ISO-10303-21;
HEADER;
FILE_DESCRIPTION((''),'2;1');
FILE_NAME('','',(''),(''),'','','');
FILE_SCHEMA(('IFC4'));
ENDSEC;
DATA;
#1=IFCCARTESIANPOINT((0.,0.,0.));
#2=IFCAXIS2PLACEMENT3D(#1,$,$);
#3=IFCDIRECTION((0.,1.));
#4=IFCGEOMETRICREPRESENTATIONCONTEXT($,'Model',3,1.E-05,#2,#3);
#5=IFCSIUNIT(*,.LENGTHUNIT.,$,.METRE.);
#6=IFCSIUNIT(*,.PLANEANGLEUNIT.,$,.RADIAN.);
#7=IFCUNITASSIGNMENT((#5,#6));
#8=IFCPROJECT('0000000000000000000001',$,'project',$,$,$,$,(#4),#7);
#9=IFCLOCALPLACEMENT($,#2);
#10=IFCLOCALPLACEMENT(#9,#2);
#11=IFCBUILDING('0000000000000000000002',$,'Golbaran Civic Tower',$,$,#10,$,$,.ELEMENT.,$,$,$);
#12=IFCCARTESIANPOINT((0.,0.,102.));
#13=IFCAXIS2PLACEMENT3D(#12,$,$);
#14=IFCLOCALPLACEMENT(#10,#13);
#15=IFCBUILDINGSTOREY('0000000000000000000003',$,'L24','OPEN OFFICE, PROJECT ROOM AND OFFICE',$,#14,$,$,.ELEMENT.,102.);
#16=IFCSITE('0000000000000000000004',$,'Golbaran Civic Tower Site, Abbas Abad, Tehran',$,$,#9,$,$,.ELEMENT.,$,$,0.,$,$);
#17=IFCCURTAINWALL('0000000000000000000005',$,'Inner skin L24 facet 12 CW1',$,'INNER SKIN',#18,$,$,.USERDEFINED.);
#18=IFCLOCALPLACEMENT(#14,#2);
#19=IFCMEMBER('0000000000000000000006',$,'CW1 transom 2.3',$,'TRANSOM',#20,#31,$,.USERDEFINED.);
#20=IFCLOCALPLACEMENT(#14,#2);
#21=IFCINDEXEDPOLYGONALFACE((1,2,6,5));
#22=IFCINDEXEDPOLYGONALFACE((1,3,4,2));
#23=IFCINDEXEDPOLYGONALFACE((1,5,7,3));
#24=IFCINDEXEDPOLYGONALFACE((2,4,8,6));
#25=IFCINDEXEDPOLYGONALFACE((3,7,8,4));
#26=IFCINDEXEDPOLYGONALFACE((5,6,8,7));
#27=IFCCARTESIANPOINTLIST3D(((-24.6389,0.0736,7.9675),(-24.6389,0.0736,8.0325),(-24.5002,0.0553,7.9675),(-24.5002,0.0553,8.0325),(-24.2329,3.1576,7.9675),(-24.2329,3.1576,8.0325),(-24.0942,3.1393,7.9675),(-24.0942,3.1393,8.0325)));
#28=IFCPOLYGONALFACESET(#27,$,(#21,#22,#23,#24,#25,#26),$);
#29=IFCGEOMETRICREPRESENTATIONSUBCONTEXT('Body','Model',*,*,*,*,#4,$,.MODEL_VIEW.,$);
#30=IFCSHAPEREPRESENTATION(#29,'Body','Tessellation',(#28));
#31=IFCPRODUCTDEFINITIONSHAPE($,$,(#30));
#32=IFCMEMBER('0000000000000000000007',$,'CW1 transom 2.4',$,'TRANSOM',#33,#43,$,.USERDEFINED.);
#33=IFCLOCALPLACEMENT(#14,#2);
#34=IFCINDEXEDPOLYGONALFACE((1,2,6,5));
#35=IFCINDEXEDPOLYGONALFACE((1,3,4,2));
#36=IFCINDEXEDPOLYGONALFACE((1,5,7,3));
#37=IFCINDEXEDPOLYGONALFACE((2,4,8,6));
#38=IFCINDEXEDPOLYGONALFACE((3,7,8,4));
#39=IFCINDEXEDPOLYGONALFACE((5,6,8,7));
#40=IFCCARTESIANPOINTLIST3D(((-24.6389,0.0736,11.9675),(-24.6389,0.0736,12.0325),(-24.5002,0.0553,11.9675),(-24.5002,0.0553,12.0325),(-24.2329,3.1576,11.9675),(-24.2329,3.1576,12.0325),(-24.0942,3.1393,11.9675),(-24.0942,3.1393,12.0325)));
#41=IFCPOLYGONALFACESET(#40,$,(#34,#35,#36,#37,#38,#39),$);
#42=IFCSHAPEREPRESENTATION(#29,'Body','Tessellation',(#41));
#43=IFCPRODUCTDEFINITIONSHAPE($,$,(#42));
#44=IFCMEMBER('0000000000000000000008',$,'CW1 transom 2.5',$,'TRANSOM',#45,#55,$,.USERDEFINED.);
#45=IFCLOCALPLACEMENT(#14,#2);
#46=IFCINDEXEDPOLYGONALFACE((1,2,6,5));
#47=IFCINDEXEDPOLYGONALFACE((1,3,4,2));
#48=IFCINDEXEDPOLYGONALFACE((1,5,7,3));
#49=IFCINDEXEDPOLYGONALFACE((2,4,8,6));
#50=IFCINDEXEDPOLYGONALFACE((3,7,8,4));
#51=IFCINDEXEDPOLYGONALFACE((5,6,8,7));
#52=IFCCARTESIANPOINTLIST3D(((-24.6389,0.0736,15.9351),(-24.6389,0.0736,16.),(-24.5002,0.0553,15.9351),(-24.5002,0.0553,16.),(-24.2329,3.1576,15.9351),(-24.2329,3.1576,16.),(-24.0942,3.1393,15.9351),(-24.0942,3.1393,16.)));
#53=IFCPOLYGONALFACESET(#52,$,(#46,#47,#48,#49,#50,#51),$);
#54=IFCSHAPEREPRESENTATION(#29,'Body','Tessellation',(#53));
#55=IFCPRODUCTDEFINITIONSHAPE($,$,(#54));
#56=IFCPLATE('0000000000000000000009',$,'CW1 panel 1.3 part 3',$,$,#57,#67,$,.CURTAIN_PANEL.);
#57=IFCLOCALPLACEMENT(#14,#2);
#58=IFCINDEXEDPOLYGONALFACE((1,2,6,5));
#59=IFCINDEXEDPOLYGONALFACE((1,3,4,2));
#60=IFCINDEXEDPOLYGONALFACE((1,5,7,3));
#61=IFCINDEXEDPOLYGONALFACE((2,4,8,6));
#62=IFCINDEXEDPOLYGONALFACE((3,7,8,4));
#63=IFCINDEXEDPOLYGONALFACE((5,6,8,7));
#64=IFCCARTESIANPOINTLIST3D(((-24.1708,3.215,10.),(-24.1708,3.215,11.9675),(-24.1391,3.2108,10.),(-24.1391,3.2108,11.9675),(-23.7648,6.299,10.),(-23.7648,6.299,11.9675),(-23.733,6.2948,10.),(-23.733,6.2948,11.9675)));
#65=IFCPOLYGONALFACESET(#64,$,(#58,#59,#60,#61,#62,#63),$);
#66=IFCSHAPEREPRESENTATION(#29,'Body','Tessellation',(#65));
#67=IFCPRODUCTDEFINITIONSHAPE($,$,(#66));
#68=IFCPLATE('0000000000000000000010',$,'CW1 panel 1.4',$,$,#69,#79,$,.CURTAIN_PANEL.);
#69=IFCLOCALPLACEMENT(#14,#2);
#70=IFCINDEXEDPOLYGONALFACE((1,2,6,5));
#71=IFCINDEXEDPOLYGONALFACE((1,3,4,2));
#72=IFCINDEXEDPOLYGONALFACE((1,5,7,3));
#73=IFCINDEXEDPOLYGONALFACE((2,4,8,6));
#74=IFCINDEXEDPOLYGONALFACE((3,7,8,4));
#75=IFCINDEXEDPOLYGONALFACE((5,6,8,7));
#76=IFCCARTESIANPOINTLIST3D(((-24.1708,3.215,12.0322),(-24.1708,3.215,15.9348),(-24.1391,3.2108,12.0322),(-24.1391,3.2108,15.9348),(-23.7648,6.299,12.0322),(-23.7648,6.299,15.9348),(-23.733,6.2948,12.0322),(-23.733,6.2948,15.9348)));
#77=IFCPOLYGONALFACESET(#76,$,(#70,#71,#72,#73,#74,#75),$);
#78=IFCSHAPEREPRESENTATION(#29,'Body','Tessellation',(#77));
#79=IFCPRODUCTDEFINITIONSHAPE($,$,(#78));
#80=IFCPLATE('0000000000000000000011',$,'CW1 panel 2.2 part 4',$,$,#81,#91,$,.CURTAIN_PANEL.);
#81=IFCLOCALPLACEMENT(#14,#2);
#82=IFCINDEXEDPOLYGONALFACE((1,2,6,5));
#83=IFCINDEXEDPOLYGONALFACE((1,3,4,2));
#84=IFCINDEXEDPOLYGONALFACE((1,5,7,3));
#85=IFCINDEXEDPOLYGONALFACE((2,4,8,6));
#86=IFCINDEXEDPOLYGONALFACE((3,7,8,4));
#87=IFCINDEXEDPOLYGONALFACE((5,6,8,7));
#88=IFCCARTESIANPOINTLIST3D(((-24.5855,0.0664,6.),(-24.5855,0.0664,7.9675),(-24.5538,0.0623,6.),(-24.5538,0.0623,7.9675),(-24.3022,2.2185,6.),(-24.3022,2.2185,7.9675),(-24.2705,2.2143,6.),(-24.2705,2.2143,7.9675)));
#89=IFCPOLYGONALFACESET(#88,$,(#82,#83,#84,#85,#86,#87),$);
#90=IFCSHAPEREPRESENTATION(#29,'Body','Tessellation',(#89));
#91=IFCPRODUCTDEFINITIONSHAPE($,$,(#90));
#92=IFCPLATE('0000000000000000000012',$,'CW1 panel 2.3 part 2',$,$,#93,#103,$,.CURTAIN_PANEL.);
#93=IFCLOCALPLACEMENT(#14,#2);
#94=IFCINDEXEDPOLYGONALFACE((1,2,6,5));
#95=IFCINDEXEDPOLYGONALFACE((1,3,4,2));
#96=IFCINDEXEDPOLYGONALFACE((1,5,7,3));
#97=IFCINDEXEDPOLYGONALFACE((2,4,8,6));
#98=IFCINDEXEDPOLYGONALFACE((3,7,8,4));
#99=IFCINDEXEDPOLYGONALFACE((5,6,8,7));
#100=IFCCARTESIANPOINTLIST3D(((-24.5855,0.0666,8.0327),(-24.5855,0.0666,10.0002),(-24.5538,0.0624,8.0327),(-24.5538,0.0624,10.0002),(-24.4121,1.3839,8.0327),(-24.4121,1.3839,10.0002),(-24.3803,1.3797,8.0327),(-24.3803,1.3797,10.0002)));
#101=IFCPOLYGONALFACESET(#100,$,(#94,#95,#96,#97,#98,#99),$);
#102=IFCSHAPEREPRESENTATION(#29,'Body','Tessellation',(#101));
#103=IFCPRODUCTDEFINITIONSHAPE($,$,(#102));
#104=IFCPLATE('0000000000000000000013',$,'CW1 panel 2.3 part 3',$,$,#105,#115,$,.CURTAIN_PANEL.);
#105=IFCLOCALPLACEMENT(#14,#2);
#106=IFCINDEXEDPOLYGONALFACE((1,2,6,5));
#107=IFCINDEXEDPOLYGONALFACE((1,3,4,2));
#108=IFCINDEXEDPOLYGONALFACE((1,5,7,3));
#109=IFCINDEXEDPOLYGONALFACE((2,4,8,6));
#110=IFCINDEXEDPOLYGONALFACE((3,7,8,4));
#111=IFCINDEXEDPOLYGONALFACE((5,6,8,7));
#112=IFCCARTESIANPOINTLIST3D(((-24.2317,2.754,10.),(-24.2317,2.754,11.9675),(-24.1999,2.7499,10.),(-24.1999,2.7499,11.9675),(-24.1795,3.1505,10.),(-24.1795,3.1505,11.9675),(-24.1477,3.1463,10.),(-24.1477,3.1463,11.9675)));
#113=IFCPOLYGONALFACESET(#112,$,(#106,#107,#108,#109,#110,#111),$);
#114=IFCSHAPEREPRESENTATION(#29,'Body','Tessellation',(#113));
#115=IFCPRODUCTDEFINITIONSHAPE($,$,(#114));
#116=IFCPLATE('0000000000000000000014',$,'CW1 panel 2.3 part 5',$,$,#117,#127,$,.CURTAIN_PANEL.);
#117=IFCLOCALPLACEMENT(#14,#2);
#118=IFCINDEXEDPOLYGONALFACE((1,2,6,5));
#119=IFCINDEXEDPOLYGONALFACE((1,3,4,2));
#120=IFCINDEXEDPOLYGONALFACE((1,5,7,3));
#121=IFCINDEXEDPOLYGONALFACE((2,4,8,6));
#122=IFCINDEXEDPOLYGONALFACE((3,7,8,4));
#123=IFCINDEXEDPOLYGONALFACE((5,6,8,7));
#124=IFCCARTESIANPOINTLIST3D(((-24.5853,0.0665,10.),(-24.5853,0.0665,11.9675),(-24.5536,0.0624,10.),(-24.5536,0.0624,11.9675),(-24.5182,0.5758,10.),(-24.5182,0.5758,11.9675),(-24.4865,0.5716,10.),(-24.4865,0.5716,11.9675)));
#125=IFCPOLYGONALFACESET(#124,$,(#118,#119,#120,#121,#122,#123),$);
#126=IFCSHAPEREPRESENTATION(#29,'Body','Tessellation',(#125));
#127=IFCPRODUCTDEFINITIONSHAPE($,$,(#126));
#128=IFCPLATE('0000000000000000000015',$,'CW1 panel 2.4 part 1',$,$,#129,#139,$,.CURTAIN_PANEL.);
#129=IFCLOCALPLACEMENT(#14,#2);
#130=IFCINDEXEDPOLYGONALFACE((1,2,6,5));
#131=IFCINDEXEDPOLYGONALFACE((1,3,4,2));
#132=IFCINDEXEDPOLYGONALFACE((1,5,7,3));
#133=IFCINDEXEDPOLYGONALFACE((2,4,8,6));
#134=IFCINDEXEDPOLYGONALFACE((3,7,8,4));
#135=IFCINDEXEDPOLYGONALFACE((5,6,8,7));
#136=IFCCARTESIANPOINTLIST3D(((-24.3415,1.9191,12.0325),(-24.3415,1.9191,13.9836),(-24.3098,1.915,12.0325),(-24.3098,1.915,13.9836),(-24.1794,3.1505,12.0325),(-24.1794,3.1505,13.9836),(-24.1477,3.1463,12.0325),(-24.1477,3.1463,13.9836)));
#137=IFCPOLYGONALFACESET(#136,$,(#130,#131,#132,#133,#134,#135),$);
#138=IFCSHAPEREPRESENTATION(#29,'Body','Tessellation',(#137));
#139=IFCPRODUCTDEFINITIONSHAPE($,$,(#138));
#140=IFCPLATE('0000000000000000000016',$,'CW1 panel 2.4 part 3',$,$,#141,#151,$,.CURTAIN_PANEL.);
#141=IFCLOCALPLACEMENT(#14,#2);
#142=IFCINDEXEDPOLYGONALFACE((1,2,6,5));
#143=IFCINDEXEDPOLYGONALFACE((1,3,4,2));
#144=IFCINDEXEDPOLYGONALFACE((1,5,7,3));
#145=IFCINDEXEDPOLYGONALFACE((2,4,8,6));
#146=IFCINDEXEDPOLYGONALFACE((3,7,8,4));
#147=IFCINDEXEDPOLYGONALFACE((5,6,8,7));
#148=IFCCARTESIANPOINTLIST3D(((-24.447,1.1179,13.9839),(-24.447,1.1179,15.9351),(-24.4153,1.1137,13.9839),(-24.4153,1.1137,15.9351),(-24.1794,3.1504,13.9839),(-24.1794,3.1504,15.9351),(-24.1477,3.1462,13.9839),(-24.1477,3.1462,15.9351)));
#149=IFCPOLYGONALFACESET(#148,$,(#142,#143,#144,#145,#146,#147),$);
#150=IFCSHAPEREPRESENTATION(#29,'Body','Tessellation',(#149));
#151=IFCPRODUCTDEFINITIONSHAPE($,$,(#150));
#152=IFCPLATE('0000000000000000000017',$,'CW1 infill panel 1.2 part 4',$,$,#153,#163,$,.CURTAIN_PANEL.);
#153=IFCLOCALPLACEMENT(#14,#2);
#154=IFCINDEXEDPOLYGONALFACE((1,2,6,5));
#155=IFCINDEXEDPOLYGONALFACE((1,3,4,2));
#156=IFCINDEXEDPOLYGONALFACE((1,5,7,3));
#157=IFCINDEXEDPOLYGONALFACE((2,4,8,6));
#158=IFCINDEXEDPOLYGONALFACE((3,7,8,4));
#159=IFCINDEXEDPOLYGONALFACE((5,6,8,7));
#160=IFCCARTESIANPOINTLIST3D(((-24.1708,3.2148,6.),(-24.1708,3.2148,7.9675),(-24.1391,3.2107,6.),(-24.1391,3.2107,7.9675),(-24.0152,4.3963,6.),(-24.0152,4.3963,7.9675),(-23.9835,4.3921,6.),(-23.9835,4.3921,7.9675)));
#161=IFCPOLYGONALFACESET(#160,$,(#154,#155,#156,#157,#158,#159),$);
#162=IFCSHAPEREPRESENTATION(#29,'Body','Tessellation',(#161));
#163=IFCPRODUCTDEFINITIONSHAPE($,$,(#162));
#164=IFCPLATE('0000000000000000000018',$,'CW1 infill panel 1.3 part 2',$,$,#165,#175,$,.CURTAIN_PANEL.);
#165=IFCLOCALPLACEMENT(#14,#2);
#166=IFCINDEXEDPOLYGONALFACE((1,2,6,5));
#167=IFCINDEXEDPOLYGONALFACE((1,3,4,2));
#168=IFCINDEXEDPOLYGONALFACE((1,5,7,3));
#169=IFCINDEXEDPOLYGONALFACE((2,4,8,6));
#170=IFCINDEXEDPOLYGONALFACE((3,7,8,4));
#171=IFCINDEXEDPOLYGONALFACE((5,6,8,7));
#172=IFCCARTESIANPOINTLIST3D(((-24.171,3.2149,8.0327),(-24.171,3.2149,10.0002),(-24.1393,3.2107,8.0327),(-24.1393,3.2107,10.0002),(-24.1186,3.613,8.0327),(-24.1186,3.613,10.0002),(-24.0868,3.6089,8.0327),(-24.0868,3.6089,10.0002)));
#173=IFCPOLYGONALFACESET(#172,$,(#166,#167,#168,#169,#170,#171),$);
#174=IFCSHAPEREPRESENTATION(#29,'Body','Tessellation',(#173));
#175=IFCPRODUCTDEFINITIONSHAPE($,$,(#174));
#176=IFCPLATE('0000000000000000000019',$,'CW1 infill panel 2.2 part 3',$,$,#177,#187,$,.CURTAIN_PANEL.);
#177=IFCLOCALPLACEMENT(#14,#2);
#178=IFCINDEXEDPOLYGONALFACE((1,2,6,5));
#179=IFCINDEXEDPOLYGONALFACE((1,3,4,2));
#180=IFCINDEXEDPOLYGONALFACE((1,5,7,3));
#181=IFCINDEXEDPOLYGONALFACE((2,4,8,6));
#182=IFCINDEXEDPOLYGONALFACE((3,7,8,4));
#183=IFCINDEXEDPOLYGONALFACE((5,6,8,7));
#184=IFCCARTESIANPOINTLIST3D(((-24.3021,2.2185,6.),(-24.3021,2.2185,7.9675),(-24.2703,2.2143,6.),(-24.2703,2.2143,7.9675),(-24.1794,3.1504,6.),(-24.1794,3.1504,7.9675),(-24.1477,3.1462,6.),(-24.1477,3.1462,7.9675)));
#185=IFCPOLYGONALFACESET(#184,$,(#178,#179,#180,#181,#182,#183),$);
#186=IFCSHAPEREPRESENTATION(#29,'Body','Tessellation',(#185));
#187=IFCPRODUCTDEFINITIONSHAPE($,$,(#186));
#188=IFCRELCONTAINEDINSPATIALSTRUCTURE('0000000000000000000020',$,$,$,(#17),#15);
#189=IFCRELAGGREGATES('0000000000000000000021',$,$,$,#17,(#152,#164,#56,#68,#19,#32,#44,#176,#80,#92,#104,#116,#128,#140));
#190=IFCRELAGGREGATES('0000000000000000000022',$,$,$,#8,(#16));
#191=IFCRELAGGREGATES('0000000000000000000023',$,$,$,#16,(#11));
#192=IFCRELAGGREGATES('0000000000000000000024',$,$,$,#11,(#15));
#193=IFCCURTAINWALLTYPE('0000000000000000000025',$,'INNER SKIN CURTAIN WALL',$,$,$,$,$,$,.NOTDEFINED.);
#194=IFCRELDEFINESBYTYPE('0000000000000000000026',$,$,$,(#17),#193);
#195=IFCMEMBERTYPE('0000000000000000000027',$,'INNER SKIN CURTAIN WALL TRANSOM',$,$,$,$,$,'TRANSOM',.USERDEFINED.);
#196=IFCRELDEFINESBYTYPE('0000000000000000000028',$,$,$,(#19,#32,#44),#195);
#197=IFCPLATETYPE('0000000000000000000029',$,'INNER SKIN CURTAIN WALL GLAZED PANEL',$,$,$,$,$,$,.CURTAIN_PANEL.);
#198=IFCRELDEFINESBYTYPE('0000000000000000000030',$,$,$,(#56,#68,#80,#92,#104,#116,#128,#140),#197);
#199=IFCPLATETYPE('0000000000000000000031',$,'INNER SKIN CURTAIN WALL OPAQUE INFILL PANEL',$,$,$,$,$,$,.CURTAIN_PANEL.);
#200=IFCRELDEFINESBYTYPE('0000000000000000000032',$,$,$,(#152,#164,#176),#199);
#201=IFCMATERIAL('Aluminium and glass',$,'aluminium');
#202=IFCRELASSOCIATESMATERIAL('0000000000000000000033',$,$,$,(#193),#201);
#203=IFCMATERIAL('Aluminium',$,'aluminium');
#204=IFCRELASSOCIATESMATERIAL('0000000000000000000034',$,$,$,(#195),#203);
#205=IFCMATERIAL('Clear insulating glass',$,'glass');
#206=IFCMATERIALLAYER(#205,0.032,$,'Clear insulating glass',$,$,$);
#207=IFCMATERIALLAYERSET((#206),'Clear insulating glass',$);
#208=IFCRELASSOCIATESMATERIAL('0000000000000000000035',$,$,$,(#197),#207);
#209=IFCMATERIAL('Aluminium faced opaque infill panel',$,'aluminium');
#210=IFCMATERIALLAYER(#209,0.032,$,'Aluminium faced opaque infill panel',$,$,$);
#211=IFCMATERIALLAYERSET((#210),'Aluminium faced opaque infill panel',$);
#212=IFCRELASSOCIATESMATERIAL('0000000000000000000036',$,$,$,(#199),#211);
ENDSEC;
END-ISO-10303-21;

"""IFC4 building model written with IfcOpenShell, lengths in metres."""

from ifc_helpers import new_model, si_unit, direction, frame, origin, origin_2d, place, context, subcontext, project, spatial, rectangle, extrude, material, layer, layer_set, material_profile, profile_set, type_object, element, aggregate, save


model = new_model("IFC4")

# Units and contexts
model_context = context("Model", 3, precision=1e-05, world=origin(), true_north=direction((0.0, 1.0)))
body_context = subcontext(model_context, "Body", "Model", "MODEL_VIEW")
ifc_project = project(units=[si_unit("LENGTHUNIT", "METRE"), si_unit("PLANEANGLEUNIT", "RADIAN")], contexts=[model_context])

# Site, building, storey
site_placement = place(None, origin())
site = spatial("IfcSite", under=ifc_project, at=site_placement, Name="Golbaran Civic Tower Site, Abbas Abad, Tehran", CompositionType="ELEMENT", RefElevation=0.0)
building_placement = place(site_placement, origin())
building = spatial("IfcBuilding", under=site, at=building_placement, Name="Golbaran Civic Tower", CompositionType="ELEMENT")
storey_placement = place(building_placement, frame((0.0, 0.0, 102.0)))
storey = spatial("IfcBuildingStorey", under=building, at=storey_placement, Name="L24", Description="OPEN OFFICE, PROJECT ROOM AND OFFICE", CompositionType="ELEMENT", Elevation=102.0)

# Curtain wall, members, plates
ifc_material_1 = material(Name="Aluminium and glass", Category="aluminium")
curtain_wall_type_1 = type_object("IfcCurtainWallType", Name="INNER SKIN CURTAIN WALL", PredefinedType="NOTDEFINED", material=ifc_material_1)
curtain_wall_1_placement = place(storey_placement, origin())
curtain_wall_1 = element("IfcCurtainWall", 1, at=curtain_wall_1_placement, inside=storey, type_object=curtain_wall_type_1, Name="Inner skin L24 facet 12 CW1", ObjectType="INNER SKIN", PredefinedType="USERDEFINED")
ifc_material_2 = material(Name="Aluminium", Category="aluminium")
ifc_material_profile = material_profile(ifc_material_2, rectangle(XDim=0.1399, YDim=0.0649, at=origin_2d()), Name="INNER SKIN CURTAIN WALL TRANSOM")
ifc_profile_set = profile_set([ifc_material_profile], Name="Aluminium")
member_type = type_object("IfcMemberType", Name="INNER SKIN CURTAIN WALL TRANSOM", ElementType="TRANSOM", PredefinedType="USERDEFINED", material=ifc_profile_set)
member_1_placement = place(storey_placement, frame((-24.1636, 3.1484, 8.0), z_axis=(-0.130524, -0.991445, 0.0), x_axis=(0.991445, -0.130524, 0.0)))
member_1 = element("IfcMember", 2, at=member_1_placement, type_object=member_type, Name="CW1 transom 2.3", ObjectType="TRANSOM", PredefinedType="USERDEFINED", context=body_context, shape_type="SweptSolid", body=[
    extrude(rectangle(XDim=0.1399, YDim=0.0649, at=origin_2d()), origin(), (0.0, 0.0, 1.0), 3.1106),
])
member_2_placement = place(storey_placement, frame((-24.1636, 3.1484, 12.0), z_axis=(-0.130524, -0.991445, 0.0), x_axis=(0.991445, -0.130524, 0.0)))
member_2 = element("IfcMember", 3, at=member_2_placement, type_object=member_type, Name="CW1 transom 2.4", ObjectType="TRANSOM", PredefinedType="USERDEFINED", context=body_context, shape_type="SweptSolid", body=[
    extrude(rectangle(XDim=0.1399, YDim=0.0649, at=origin_2d()), origin(), (0.0, 0.0, 1.0), 3.1106),
])
member_3_placement = place(storey_placement, frame((-24.1636, 3.1484, 15.9675), z_axis=(-0.130524, -0.991445, 0.0), x_axis=(0.991445, -0.130524, 0.0)))
member_3 = element("IfcMember", 4, at=member_3_placement, type_object=member_type, Name="CW1 transom 2.5", ObjectType="TRANSOM", PredefinedType="USERDEFINED", context=body_context, shape_type="SweptSolid", body=[
    extrude(rectangle(XDim=0.1399, YDim=0.0649, at=origin_2d()), origin(), (0.0, 0.0, 1.0), 3.1106),
])
ifc_material_3 = material(Name="Clear insulating glass", Category="glass")
ifc_layer_1 = layer(ifc_material_3, 0.032, Name="Clear insulating glass")
ifc_layer_set_1 = layer_set([ifc_layer_1], Name="Clear insulating glass")
plate_type_1 = type_object("IfcPlateType", Name="INNER SKIN CURTAIN WALL GLAZED PANEL", PredefinedType="CURTAIN_PANEL", material=ifc_layer_set_1)
plate_1_placement = place(storey_placement, frame((-23.9519, 4.7549, 10.0), z_axis=(0.0, 0.0, 1.0), x_axis=(-0.130526, -0.991445, 0.0)))
plate_1 = element("IfcPlate", 5, at=plate_1_placement, type_object=plate_type_1, Name="CW1 panel 1.3 part 3", PredefinedType="CURTAIN_PANEL", context=body_context, shape_type="SweptSolid", body=[
    extrude(rectangle(XDim=3.1106, YDim=0.032, at=origin_2d()), origin(), (0.0, 0.0, 1.0), 1.9675),
])
plate_2_placement = place(storey_placement, frame((-23.9519, 4.7549, 12.0322), z_axis=(0.0, 0.0, 1.0), x_axis=(-0.130526, -0.991445, 0.0)))
plate_2 = element("IfcPlate", 6, at=plate_2_placement, type_object=plate_type_1, Name="CW1 panel 1.4", PredefinedType="CURTAIN_PANEL", context=body_context, shape_type="SweptSolid", body=[
    extrude(rectangle(XDim=3.1106, YDim=0.032, at=origin_2d()), origin(), (0.0, 0.0, 1.0), 3.9026),
])
plate_3_placement = place(storey_placement, frame((-24.428, 1.1404, 6.0), z_axis=(0.0, 0.0, 1.0), x_axis=(-0.130526, -0.991445, 0.0)))
plate_3 = element("IfcPlate", 7, at=plate_3_placement, type_object=plate_type_1, Name="CW1 panel 2.2 part 4", PredefinedType="CURTAIN_PANEL", context=body_context, shape_type="SweptSolid", body=[
    extrude(rectangle(XDim=2.1707, YDim=0.032, at=origin_2d()), origin(), (0.0, 0.0, 1.0), 1.9675),
])
plate_4_placement = place(storey_placement, frame((-24.4829, 0.7231, 8.0327), z_axis=(0.0, 0.0, 1.0), x_axis=(-0.130526, -0.991445, 0.0)))
plate_4 = element("IfcPlate", 8, at=plate_4_placement, type_object=plate_type_1, Name="CW1 panel 2.3 part 2", PredefinedType="CURTAIN_PANEL", context=body_context, shape_type="SweptSolid", body=[
    extrude(rectangle(XDim=1.3286, YDim=0.032, at=origin_2d()), origin(), (0.0, 0.0, 1.0), 1.9675),
])
plate_5_placement = place(storey_placement, frame((-24.1897, 2.9502, 10.0), z_axis=(0.0, 0.0, 1.0), x_axis=(-0.130526, -0.991445, 0.0)))
plate_5 = element("IfcPlate", 9, at=plate_5_placement, type_object=plate_type_1, Name="CW1 panel 2.3 part 3", PredefinedType="CURTAIN_PANEL", context=body_context, shape_type="SweptSolid", body=[
    extrude(rectangle(XDim=0.3999, YDim=0.032, at=origin_2d()), origin(), (0.0, 0.0, 1.0), 1.9675),
])
plate_6_placement = place(storey_placement, frame((-24.5359, 0.3191, 10.0), z_axis=(0.0, 0.0, 1.0), x_axis=(-0.130526, -0.991445, 0.0)))
plate_6 = element("IfcPlate", 10, at=plate_6_placement, type_object=plate_type_1, Name="CW1 panel 2.3 part 5", PredefinedType="CURTAIN_PANEL", context=body_context, shape_type="SweptSolid", body=[
    extrude(rectangle(XDim=0.5137, YDim=0.032, at=origin_2d()), origin(), (0.0, 0.0, 1.0), 1.9675),
])
plate_7_placement = place(storey_placement, frame((-24.2446, 2.5327, 12.0325), z_axis=(0.0, 0.0, 1.0), x_axis=(-0.130526, -0.991445, 0.0)))
plate_7 = element("IfcPlate", 11, at=plate_7_placement, type_object=plate_type_1, Name="CW1 panel 2.4 part 1", PredefinedType="CURTAIN_PANEL", context=body_context, shape_type="SweptSolid", body=[
    extrude(rectangle(XDim=1.2419, YDim=0.032, at=origin_2d()), origin(), (0.0, 0.0, 1.0), 1.9512),
])
plate_8_placement = place(storey_placement, frame((-24.2974, 2.1321, 13.9839), z_axis=(0.0, 0.0, 1.0), x_axis=(-0.130526, -0.991445, 0.0)))
plate_8 = element("IfcPlate", 12, at=plate_8_placement, type_object=plate_type_1, Name="CW1 panel 2.4 part 3", PredefinedType="CURTAIN_PANEL", context=body_context, shape_type="SweptSolid", body=[
    extrude(rectangle(XDim=2.05, YDim=0.032, at=origin_2d()), origin(), (0.0, 0.0, 1.0), 1.9512),
])
ifc_material_4 = material(Name="Aluminium faced opaque infill panel", Category="aluminium")
ifc_layer_2 = layer(ifc_material_4, 0.032, Name="Aluminium faced opaque infill panel")
ifc_layer_set_2 = layer_set([ifc_layer_2], Name="Aluminium faced opaque infill panel")
plate_type_2 = type_object("IfcPlateType", Name="INNER SKIN CURTAIN WALL OPAQUE INFILL PANEL", PredefinedType="CURTAIN_PANEL", material=ifc_layer_set_2)
plate_9_placement = place(storey_placement, frame((-24.0771, 3.8035, 6.0), z_axis=(0.0, 0.0, 1.0), x_axis=(-0.130526, -0.991445, 0.0)))
plate_9 = element("IfcPlate", 13, at=plate_9_placement, type_object=plate_type_2, Name="CW1 infill panel 1.2 part 4", PredefinedType="CURTAIN_PANEL", context=body_context, shape_type="SweptSolid", body=[
    extrude(rectangle(XDim=1.1917, YDim=0.032, at=origin_2d()), origin(), (0.0, 0.0, 1.0), 1.9675),
])
plate_10_placement = place(storey_placement, frame((-24.1289, 3.4119, 8.0327), z_axis=(0.0, 0.0, 1.0), x_axis=(-0.130526, -0.991445, 0.0)))
plate_10 = element("IfcPlate", 14, at=plate_10_placement, type_object=plate_type_2, Name="CW1 infill panel 1.3 part 2", PredefinedType="CURTAIN_PANEL", context=body_context, shape_type="SweptSolid", body=[
    extrude(rectangle(XDim=0.4016, YDim=0.032, at=origin_2d()), origin(), (0.0, 0.0, 1.0), 1.9675),
])
plate_11_placement = place(storey_placement, frame((-24.2249, 2.6824, 6.0), z_axis=(0.0, 0.0, 1.0), x_axis=(-0.130526, -0.991445, 0.0)))
plate_11 = element("IfcPlate", 15, at=plate_11_placement, type_object=plate_type_2, Name="CW1 infill panel 2.2 part 3", PredefinedType="CURTAIN_PANEL", context=body_context, shape_type="SweptSolid", body=[
    extrude(rectangle(XDim=0.9399, YDim=0.032, at=origin_2d()), origin(), (0.0, 0.0, 1.0), 1.9675),
])
aggregate(curtain_wall_1, [plate_9, plate_10, plate_1, plate_2, member_1, member_2, member_3, plate_11, plate_3, plate_4, plate_5, plate_6, plate_7, plate_8])

save(model, "model.ifc")
